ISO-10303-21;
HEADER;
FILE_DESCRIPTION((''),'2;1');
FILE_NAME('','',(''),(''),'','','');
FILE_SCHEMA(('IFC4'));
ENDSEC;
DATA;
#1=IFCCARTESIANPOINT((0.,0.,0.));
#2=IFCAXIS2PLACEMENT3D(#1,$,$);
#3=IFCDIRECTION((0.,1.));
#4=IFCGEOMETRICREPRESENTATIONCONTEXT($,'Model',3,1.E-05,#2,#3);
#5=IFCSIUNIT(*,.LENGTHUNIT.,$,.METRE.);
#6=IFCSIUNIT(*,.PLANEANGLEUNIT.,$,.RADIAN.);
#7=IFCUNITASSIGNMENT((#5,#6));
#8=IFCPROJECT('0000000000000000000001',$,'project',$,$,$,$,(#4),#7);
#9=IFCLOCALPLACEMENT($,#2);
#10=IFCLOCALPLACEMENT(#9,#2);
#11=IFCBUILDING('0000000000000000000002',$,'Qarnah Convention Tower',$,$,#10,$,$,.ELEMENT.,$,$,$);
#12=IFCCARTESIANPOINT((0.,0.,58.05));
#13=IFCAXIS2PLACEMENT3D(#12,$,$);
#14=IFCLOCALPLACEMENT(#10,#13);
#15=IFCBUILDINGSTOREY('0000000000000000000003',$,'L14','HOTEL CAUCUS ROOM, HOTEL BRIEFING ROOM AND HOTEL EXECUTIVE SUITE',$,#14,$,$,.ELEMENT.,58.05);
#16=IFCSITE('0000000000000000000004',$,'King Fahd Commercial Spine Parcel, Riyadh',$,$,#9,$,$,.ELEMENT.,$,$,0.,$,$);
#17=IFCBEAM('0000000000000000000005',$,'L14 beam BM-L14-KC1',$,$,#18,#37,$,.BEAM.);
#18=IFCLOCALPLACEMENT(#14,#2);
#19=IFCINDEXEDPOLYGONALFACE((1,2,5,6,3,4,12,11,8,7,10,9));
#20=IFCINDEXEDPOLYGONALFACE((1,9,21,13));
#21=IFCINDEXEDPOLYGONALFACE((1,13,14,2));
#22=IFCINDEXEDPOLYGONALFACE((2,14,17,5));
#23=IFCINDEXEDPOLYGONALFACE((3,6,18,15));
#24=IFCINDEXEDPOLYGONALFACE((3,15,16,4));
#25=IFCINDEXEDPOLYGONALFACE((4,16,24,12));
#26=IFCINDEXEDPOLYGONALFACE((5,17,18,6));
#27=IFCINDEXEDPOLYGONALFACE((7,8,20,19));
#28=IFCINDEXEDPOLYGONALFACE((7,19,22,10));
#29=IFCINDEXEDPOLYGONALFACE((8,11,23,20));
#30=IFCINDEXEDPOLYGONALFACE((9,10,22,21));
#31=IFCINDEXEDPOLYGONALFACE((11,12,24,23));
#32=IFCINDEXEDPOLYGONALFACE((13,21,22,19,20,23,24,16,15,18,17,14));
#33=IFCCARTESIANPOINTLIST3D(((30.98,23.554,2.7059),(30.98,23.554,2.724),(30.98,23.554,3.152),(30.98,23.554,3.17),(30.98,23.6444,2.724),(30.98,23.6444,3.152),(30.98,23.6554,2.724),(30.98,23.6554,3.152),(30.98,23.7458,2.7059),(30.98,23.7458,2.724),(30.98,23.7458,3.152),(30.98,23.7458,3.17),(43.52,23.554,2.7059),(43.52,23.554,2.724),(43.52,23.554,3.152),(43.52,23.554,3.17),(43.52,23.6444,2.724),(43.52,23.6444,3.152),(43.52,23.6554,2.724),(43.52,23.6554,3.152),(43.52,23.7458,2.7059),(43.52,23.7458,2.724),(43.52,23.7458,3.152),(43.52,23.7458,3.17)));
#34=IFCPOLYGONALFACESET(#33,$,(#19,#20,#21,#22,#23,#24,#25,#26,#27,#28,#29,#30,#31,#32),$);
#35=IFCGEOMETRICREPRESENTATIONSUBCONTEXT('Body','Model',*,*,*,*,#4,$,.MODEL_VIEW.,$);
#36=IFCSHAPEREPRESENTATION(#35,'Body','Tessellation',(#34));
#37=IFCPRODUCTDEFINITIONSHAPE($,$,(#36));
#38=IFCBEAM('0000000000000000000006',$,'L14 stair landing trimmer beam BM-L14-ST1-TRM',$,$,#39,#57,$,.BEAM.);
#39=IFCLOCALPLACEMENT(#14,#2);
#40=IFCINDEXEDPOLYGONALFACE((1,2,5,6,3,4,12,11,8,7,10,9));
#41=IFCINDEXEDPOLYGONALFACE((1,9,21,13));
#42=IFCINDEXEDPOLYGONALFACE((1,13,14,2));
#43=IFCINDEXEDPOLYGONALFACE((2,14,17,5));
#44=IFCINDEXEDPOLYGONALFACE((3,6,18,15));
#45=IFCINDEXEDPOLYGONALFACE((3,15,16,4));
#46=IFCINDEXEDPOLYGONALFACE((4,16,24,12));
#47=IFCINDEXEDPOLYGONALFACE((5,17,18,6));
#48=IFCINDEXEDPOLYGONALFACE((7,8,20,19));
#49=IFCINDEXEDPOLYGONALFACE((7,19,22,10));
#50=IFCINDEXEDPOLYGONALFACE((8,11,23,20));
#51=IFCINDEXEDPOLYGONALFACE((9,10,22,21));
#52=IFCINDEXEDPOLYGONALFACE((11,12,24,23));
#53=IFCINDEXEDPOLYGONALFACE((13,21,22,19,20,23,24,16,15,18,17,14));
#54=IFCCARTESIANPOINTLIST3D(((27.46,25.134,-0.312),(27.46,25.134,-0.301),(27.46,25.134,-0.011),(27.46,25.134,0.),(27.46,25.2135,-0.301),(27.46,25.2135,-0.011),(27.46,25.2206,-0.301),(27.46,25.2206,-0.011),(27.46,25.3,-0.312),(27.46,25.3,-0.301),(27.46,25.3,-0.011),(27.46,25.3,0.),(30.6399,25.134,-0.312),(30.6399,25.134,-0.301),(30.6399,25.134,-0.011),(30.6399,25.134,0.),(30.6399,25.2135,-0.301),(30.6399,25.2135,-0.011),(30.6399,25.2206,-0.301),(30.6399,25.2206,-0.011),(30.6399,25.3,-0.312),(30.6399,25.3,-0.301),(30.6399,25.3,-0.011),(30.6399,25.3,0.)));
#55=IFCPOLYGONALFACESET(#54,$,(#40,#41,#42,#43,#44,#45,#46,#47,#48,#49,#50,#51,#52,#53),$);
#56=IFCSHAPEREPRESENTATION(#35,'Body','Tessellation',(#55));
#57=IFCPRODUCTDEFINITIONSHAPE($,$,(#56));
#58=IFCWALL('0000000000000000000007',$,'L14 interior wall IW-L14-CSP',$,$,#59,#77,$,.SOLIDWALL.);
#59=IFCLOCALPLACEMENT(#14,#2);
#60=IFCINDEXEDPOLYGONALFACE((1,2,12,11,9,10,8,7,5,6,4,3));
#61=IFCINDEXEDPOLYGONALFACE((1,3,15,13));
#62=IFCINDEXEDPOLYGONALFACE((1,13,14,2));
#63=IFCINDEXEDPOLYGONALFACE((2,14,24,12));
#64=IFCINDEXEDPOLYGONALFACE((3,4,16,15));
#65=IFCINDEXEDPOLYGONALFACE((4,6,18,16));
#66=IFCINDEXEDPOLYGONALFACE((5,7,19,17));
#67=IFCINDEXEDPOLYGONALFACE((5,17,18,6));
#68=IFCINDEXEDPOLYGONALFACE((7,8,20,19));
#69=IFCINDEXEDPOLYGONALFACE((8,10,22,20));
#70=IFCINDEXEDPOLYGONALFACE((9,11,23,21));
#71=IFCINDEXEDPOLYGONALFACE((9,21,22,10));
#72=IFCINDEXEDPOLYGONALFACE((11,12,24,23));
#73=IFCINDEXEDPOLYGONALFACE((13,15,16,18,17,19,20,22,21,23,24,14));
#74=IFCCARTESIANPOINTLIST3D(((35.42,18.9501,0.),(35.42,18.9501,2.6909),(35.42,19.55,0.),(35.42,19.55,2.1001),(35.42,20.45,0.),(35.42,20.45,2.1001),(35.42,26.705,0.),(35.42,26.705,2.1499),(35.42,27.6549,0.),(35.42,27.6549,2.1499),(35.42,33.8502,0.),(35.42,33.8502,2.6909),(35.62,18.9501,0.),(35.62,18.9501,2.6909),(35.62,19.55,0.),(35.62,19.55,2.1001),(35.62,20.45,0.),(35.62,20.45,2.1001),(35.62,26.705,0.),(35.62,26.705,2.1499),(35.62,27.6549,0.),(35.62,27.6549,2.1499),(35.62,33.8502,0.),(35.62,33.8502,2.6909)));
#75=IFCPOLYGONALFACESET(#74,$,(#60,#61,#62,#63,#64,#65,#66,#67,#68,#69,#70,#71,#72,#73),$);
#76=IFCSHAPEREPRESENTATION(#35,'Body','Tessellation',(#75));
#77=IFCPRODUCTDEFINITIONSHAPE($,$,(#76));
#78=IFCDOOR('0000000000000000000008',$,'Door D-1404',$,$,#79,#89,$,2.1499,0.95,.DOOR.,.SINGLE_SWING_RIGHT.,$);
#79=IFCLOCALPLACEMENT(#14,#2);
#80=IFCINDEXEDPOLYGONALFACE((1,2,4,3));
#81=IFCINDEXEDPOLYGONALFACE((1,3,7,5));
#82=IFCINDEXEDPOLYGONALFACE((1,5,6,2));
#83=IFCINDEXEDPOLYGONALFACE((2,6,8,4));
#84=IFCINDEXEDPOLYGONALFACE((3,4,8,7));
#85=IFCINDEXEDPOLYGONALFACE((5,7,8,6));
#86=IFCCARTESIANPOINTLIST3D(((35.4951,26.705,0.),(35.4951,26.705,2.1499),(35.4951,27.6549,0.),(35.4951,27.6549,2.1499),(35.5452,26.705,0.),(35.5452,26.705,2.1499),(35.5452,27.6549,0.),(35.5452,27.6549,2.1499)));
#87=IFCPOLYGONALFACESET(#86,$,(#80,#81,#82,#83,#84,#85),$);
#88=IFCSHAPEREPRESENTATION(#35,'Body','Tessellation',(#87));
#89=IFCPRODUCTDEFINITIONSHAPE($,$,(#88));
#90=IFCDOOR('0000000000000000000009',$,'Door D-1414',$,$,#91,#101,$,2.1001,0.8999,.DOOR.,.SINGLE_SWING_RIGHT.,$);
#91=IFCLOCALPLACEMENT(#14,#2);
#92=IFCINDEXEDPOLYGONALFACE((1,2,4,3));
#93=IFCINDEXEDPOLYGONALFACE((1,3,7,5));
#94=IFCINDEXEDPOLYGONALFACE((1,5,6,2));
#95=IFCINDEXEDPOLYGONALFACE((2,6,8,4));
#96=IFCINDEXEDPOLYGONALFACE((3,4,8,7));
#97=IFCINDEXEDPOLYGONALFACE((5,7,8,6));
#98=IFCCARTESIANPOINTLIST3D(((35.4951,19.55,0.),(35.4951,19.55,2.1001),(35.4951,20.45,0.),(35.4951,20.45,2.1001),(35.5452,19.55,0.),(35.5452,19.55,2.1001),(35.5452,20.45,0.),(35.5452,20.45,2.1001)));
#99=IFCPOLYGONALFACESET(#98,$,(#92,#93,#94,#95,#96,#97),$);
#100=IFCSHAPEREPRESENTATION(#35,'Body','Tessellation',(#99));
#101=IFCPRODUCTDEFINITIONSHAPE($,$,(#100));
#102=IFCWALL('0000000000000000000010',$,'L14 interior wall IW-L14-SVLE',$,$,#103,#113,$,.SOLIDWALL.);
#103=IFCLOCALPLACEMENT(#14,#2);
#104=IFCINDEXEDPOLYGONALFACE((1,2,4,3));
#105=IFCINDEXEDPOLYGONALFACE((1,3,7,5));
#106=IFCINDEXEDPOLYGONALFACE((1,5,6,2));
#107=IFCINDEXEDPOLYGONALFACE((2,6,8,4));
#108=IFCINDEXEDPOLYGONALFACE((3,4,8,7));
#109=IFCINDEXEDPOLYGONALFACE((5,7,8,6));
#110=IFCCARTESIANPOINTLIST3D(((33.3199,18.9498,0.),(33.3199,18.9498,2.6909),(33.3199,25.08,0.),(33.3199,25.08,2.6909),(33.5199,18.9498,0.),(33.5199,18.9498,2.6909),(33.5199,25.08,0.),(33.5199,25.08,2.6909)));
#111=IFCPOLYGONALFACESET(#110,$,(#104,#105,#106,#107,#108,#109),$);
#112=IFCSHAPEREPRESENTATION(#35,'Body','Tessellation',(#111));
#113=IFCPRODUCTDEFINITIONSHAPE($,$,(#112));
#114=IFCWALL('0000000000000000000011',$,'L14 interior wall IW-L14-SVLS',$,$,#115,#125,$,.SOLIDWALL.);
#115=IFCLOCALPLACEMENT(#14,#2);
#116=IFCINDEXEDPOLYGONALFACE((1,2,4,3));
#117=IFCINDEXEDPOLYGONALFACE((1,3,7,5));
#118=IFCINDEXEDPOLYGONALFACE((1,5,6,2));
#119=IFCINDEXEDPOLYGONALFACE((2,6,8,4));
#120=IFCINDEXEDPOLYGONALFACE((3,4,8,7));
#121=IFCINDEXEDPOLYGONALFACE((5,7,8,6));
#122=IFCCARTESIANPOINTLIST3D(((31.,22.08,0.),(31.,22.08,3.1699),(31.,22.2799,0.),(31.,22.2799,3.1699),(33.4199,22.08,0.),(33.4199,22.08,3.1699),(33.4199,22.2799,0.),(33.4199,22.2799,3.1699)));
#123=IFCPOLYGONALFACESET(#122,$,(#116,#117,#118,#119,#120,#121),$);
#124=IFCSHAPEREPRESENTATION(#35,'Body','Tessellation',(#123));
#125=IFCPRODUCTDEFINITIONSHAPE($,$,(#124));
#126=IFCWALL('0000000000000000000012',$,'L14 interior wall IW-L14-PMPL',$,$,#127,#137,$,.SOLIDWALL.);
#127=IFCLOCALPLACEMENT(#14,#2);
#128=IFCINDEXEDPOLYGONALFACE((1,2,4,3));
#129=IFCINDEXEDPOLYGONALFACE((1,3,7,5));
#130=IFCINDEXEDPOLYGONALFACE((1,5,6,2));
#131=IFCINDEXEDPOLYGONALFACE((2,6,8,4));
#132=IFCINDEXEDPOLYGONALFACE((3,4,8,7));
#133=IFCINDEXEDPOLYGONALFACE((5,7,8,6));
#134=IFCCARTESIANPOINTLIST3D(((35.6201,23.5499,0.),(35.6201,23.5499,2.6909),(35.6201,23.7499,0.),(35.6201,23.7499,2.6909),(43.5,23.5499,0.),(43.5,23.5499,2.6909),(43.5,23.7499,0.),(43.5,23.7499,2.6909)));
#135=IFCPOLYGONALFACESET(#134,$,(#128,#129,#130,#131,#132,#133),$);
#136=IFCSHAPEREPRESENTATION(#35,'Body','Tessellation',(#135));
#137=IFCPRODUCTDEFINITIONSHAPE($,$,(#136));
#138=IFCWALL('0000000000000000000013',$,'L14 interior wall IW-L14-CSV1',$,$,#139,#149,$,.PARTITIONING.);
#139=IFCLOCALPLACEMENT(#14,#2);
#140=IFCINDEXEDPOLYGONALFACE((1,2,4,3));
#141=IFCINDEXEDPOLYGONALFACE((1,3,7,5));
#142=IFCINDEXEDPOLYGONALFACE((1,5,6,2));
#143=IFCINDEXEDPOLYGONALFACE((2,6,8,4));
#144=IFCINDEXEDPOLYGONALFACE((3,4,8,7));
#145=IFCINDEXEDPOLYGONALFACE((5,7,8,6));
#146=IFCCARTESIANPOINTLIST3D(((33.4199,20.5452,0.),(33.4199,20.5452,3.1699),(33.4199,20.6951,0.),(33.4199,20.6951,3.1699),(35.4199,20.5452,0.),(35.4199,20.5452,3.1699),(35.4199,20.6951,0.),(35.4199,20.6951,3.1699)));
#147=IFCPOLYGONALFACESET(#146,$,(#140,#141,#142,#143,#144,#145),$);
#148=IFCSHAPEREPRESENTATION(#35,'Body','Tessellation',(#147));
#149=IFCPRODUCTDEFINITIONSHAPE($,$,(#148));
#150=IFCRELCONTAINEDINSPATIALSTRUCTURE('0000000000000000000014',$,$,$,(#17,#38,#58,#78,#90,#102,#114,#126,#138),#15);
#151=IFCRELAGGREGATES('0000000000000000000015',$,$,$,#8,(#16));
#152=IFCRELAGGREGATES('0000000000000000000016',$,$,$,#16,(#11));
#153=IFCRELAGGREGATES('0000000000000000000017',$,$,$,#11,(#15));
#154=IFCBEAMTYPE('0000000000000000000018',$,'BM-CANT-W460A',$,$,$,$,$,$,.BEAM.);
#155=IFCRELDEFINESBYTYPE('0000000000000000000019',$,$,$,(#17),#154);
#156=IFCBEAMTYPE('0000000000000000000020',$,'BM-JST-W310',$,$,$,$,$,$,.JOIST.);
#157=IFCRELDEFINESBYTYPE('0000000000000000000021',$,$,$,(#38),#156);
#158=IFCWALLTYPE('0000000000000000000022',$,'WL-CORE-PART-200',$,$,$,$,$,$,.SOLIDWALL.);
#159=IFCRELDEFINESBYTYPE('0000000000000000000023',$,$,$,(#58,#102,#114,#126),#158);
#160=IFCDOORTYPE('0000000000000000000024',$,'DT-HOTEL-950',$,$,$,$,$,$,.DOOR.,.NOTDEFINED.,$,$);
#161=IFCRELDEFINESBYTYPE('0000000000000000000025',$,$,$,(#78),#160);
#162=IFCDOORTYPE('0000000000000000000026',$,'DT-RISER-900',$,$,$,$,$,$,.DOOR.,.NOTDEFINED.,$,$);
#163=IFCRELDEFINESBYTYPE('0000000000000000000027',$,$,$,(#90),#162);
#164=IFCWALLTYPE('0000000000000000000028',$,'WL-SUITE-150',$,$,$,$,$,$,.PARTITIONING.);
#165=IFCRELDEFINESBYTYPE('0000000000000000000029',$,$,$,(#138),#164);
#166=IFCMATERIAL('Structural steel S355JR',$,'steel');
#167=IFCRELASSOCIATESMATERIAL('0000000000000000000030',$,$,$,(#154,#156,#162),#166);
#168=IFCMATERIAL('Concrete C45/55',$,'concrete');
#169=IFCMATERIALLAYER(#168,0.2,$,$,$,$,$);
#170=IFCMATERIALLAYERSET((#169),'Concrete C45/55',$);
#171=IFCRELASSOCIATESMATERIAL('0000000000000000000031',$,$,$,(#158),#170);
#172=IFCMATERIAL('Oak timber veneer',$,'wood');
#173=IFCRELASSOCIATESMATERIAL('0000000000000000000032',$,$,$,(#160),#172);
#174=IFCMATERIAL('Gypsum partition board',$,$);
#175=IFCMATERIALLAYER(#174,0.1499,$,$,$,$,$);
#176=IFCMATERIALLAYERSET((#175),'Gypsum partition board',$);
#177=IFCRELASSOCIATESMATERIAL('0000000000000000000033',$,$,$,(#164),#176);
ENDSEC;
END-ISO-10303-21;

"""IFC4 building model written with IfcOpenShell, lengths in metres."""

from ifc_helpers import new_model, si_unit, direction, frame, frame_2d, origin, origin_2d, place, context, subcontext, project, spatial, rectangle, i_section, extrude, material, layer, layer_set, material_profile, profile_set, type_object, element, fill, save


model = new_model("IFC4")

# Units and contexts
model_context = context("Model", 3, precision=1e-05, world=origin(), true_north=direction((0.0, 1.0)))
body_context = subcontext(model_context, "Body", "Model", "MODEL_VIEW")
ifc_project = project(units=[si_unit("LENGTHUNIT", "METRE"), si_unit("PLANEANGLEUNIT", "RADIAN")], contexts=[model_context])

# Site, building, storey
site_placement = place(None, origin())
site = spatial("IfcSite", under=ifc_project, at=site_placement, Name="King Fahd Commercial Spine Parcel, Riyadh", CompositionType="ELEMENT", RefElevation=0.0)
building_placement = place(site_placement, origin())
building = spatial("IfcBuilding", under=site, at=building_placement, Name="Qarnah Convention Tower", CompositionType="ELEMENT")
storey_placement = place(building_placement, frame((0.0, 0.0, 58.05)))
storey = spatial("IfcBuildingStorey", under=building, at=storey_placement, Name="L14", Description="HOTEL CAUCUS ROOM, HOTEL BRIEFING ROOM AND HOTEL EXECUTIVE SUITE", CompositionType="ELEMENT", Elevation=58.05)

# Beams
ifc_material_1 = material(Name="Structural steel S355JR", Category="steel")
ifc_material_profile_1 = material_profile(ifc_material_1, i_section(OverallWidth=0.1919, OverallDepth=0.4641, WebThickness=0.011, FlangeThickness=0.0181, at=origin_2d()), Name="W460X89")
ifc_profile_set_1 = profile_set([ifc_material_profile_1], Name="Structural steel S355JR")
beam_type_1 = type_object("IfcBeamType", Name="BM-CANT-W460A", PredefinedType="BEAM", material=ifc_profile_set_1)
beam_1_placement = place(storey_placement, frame((30.98, 23.6499, 2.938), z_axis=(1.0, 0.0, 0.0), x_axis=(0.0, 1.0, 0.0)))
element("IfcBeam", 1, at=beam_1_placement, inside=storey, type_object=beam_type_1, Name="L14 beam BM-L14-KC1", PredefinedType="BEAM", context=body_context, shape_type="SweptSolid", body=[
    extrude(i_section(OverallWidth=0.1919, OverallDepth=0.4641, WebThickness=0.011, FlangeThickness=0.0181, at=origin_2d()), origin(), (0.0, 0.0, 1.0), 12.54),
])
ifc_material_profile_2 = material_profile(ifc_material_1, i_section(OverallWidth=0.166, OverallDepth=0.312, WebThickness=0.0071, FlangeThickness=0.011, at=origin_2d()), Name="W310X45")
ifc_profile_set_2 = profile_set([ifc_material_profile_2], Name="Structural steel S355JR")
beam_type_2 = type_object("IfcBeamType", Name="BM-JST-W310", PredefinedType="JOIST", material=ifc_profile_set_2)
beam_2_placement = place(storey_placement, frame((27.46, 25.217, -0.156), z_axis=(1.0, 0.0, 0.0), x_axis=(0.0, 1.0, 0.0)))
element("IfcBeam", 2, at=beam_2_placement, inside=storey, type_object=beam_type_2, Name="L14 stair landing trimmer beam BM-L14-ST1-TRM", PredefinedType="BEAM", context=body_context, shape_type="SweptSolid", body=[
    extrude(i_section(OverallWidth=0.166, OverallDepth=0.312, WebThickness=0.0071, FlangeThickness=0.011, at=origin_2d()), origin(), (0.0, 0.0, 1.0), 3.1799),
])

# Wall, openings, doors
door_type_1 = type_object("IfcDoorType", Name="DT-RISER-900", OperationType="NOTDEFINED", PredefinedType="DOOR", material=ifc_material_1)
ifc_material_2 = material(Name="Concrete C45/55", Category="concrete")
ifc_layer_1 = layer(ifc_material_2, 0.2)
ifc_layer_set_1 = layer_set([ifc_layer_1], Name="Concrete C45/55")
wall_type_1 = type_object("IfcWallType", Name="WL-CORE-PART-200", PredefinedType="SOLIDWALL", material=ifc_layer_set_1)
wall_1_placement = place(storey_placement, frame((35.52, 18.95, 0.0), z_axis=(0.0, 0.0, 1.0), x_axis=(0.0, 1.0, 0.0)))
wall_1 = element("IfcWall", 3, at=wall_1_placement, inside=storey, type_object=wall_type_1, Name="L14 interior wall IW-L14-CSP", PredefinedType="SOLIDWALL", context=body_context, shape_type="SweptSolid", body=[
    extrude(rectangle(XDim=14.9001, YDim=0.2, at=frame_2d((7.4502, 0.0))), origin(), (0.0, 0.0, 1.0), 2.6909),
])
opening_1_placement = place(wall_1_placement, frame((7.7549, 0.0, 0.0)))
opening_1 = element("IfcOpeningElement", 4, at=opening_1_placement, cuts=wall_1, PredefinedType="OPENING", context=body_context, shape_type="SweptSolid", body=[
    extrude(rectangle(XDim=0.95, YDim=2.1499, at=frame_2d((0.4751, 1.075))), frame((0.0, 0.1099, 0.0), z_axis=(0.0, -1.0, 0.0), x_axis=(1.0, 0.0, 0.0)), (0.0, 0.0, 1.0), 0.22),
])
opening_2_placement = place(wall_1_placement, frame((0.6001, 0.0, 0.0)))
opening_2 = element("IfcOpeningElement", 5, at=opening_2_placement, cuts=wall_1, PredefinedType="OPENING", context=body_context, shape_type="SweptSolid", body=[
    extrude(rectangle(XDim=0.8999, YDim=2.1001, at=frame_2d((0.45, 1.05))), frame((0.0, 0.1099, 0.0), z_axis=(0.0, -1.0, 0.0), x_axis=(1.0, 0.0, 0.0)), (0.0, 0.0, 1.0), 0.22),
])
ifc_material_3 = material(Name="Oak timber veneer", Category="wood")
door_type_2 = type_object("IfcDoorType", Name="DT-HOTEL-950", OperationType="NOTDEFINED", PredefinedType="DOOR", material=ifc_material_3)
door_1_placement = place(opening_1_placement, origin())
door_1 = element("IfcDoor", 6, at=door_1_placement, inside=storey, type_object=door_type_2, Name="Door D-1404", OperationType="SINGLE_SWING_RIGHT", OverallHeight=2.1499, OverallWidth=0.95, PredefinedType="DOOR", context=body_context, shape_type="SweptSolid", body=[
    extrude(rectangle(XDim=0.95, YDim=2.1499, at=frame_2d((0.4751, 1.075))), frame((0.0, 0.0249, 0.0), z_axis=(0.0, -1.0, 0.0), x_axis=(1.0, 0.0, 0.0)), (0.0, 0.0, 1.0), 0.05),
])
fill(opening_1, door_1)
door_2_placement = place(opening_2_placement, origin())
door_2 = element("IfcDoor", 7, at=door_2_placement, inside=storey, type_object=door_type_1, Name="Door D-1414", OperationType="SINGLE_SWING_RIGHT", OverallHeight=2.1001, OverallWidth=0.8999, PredefinedType="DOOR", context=body_context, shape_type="SweptSolid", body=[
    extrude(rectangle(XDim=0.8999, YDim=2.1001, at=frame_2d((0.45, 1.05))), frame((0.0, 0.0249, 0.0), z_axis=(0.0, -1.0, 0.0), x_axis=(1.0, 0.0, 0.0)), (0.0, 0.0, 1.0), 0.05),
])
fill(opening_2, door_2)

# Walls
wall_2_placement = place(storey_placement, frame((33.4199, 18.95, 0.0), z_axis=(0.0, 0.0, 1.0), x_axis=(0.0, 1.0, 0.0)))
element("IfcWall", 8, at=wall_2_placement, inside=storey, type_object=wall_type_1, Name="L14 interior wall IW-L14-SVLE", PredefinedType="SOLIDWALL", context=body_context, shape_type="SweptSolid", body=[
    extrude(rectangle(XDim=6.1301, YDim=0.2, at=frame_2d((3.0649, 0.0))), origin(), (0.0, 0.0, 1.0), 2.6909),
])
wall_3_placement = place(storey_placement, frame((31.0, 22.1799, 0.0), z_axis=(0.0, 0.0, 1.0), x_axis=(1.0, 0.0, 0.0)))
element("IfcWall", 9, at=wall_3_placement, inside=storey, type_object=wall_type_1, Name="L14 interior wall IW-L14-SVLS", PredefinedType="SOLIDWALL", context=body_context, shape_type="SweptSolid", body=[
    extrude(rectangle(XDim=2.4199, YDim=0.2, at=frame_2d((1.21, 0.0))), origin(), (0.0, 0.0, 1.0), 3.1699),
])
wall_4_placement = place(storey_placement, frame((35.6201, 23.6499, 0.0), z_axis=(0.0, 0.0, 1.0), x_axis=(1.0, 0.0, 0.0)))
element("IfcWall", 10, at=wall_4_placement, inside=storey, type_object=wall_type_1, Name="L14 interior wall IW-L14-PMPL", PredefinedType="SOLIDWALL", context=body_context, shape_type="SweptSolid", body=[
    extrude(rectangle(XDim=7.8799, YDim=0.2, at=frame_2d((3.9399, 0.0))), origin(), (0.0, 0.0, 1.0), 2.6909),
])

# Wall
ifc_material_4 = material(Name="Gypsum partition board")
ifc_layer_2 = layer(ifc_material_4, 0.1499)
ifc_layer_set_2 = layer_set([ifc_layer_2], Name="Gypsum partition board")
wall_type_2 = type_object("IfcWallType", Name="WL-SUITE-150", PredefinedType="PARTITIONING", material=ifc_layer_set_2)
wall_5_placement = place(storey_placement, frame((33.4199, 20.6201, 0.0), z_axis=(0.0, 0.0, 1.0), x_axis=(1.0, 0.0, 0.0)))
element("IfcWall", 11, at=wall_5_placement, inside=storey, type_object=wall_type_2, Name="L14 interior wall IW-L14-CSV1", PredefinedType="PARTITIONING", context=body_context, shape_type="SweptSolid", body=[
    extrude(rectangle(XDim=2.0, YDim=0.1499, at=frame_2d((1.0, 0.0))), origin(), (0.0, 0.0, 1.0), 3.1699),
])

save(model, "model.ifc")
